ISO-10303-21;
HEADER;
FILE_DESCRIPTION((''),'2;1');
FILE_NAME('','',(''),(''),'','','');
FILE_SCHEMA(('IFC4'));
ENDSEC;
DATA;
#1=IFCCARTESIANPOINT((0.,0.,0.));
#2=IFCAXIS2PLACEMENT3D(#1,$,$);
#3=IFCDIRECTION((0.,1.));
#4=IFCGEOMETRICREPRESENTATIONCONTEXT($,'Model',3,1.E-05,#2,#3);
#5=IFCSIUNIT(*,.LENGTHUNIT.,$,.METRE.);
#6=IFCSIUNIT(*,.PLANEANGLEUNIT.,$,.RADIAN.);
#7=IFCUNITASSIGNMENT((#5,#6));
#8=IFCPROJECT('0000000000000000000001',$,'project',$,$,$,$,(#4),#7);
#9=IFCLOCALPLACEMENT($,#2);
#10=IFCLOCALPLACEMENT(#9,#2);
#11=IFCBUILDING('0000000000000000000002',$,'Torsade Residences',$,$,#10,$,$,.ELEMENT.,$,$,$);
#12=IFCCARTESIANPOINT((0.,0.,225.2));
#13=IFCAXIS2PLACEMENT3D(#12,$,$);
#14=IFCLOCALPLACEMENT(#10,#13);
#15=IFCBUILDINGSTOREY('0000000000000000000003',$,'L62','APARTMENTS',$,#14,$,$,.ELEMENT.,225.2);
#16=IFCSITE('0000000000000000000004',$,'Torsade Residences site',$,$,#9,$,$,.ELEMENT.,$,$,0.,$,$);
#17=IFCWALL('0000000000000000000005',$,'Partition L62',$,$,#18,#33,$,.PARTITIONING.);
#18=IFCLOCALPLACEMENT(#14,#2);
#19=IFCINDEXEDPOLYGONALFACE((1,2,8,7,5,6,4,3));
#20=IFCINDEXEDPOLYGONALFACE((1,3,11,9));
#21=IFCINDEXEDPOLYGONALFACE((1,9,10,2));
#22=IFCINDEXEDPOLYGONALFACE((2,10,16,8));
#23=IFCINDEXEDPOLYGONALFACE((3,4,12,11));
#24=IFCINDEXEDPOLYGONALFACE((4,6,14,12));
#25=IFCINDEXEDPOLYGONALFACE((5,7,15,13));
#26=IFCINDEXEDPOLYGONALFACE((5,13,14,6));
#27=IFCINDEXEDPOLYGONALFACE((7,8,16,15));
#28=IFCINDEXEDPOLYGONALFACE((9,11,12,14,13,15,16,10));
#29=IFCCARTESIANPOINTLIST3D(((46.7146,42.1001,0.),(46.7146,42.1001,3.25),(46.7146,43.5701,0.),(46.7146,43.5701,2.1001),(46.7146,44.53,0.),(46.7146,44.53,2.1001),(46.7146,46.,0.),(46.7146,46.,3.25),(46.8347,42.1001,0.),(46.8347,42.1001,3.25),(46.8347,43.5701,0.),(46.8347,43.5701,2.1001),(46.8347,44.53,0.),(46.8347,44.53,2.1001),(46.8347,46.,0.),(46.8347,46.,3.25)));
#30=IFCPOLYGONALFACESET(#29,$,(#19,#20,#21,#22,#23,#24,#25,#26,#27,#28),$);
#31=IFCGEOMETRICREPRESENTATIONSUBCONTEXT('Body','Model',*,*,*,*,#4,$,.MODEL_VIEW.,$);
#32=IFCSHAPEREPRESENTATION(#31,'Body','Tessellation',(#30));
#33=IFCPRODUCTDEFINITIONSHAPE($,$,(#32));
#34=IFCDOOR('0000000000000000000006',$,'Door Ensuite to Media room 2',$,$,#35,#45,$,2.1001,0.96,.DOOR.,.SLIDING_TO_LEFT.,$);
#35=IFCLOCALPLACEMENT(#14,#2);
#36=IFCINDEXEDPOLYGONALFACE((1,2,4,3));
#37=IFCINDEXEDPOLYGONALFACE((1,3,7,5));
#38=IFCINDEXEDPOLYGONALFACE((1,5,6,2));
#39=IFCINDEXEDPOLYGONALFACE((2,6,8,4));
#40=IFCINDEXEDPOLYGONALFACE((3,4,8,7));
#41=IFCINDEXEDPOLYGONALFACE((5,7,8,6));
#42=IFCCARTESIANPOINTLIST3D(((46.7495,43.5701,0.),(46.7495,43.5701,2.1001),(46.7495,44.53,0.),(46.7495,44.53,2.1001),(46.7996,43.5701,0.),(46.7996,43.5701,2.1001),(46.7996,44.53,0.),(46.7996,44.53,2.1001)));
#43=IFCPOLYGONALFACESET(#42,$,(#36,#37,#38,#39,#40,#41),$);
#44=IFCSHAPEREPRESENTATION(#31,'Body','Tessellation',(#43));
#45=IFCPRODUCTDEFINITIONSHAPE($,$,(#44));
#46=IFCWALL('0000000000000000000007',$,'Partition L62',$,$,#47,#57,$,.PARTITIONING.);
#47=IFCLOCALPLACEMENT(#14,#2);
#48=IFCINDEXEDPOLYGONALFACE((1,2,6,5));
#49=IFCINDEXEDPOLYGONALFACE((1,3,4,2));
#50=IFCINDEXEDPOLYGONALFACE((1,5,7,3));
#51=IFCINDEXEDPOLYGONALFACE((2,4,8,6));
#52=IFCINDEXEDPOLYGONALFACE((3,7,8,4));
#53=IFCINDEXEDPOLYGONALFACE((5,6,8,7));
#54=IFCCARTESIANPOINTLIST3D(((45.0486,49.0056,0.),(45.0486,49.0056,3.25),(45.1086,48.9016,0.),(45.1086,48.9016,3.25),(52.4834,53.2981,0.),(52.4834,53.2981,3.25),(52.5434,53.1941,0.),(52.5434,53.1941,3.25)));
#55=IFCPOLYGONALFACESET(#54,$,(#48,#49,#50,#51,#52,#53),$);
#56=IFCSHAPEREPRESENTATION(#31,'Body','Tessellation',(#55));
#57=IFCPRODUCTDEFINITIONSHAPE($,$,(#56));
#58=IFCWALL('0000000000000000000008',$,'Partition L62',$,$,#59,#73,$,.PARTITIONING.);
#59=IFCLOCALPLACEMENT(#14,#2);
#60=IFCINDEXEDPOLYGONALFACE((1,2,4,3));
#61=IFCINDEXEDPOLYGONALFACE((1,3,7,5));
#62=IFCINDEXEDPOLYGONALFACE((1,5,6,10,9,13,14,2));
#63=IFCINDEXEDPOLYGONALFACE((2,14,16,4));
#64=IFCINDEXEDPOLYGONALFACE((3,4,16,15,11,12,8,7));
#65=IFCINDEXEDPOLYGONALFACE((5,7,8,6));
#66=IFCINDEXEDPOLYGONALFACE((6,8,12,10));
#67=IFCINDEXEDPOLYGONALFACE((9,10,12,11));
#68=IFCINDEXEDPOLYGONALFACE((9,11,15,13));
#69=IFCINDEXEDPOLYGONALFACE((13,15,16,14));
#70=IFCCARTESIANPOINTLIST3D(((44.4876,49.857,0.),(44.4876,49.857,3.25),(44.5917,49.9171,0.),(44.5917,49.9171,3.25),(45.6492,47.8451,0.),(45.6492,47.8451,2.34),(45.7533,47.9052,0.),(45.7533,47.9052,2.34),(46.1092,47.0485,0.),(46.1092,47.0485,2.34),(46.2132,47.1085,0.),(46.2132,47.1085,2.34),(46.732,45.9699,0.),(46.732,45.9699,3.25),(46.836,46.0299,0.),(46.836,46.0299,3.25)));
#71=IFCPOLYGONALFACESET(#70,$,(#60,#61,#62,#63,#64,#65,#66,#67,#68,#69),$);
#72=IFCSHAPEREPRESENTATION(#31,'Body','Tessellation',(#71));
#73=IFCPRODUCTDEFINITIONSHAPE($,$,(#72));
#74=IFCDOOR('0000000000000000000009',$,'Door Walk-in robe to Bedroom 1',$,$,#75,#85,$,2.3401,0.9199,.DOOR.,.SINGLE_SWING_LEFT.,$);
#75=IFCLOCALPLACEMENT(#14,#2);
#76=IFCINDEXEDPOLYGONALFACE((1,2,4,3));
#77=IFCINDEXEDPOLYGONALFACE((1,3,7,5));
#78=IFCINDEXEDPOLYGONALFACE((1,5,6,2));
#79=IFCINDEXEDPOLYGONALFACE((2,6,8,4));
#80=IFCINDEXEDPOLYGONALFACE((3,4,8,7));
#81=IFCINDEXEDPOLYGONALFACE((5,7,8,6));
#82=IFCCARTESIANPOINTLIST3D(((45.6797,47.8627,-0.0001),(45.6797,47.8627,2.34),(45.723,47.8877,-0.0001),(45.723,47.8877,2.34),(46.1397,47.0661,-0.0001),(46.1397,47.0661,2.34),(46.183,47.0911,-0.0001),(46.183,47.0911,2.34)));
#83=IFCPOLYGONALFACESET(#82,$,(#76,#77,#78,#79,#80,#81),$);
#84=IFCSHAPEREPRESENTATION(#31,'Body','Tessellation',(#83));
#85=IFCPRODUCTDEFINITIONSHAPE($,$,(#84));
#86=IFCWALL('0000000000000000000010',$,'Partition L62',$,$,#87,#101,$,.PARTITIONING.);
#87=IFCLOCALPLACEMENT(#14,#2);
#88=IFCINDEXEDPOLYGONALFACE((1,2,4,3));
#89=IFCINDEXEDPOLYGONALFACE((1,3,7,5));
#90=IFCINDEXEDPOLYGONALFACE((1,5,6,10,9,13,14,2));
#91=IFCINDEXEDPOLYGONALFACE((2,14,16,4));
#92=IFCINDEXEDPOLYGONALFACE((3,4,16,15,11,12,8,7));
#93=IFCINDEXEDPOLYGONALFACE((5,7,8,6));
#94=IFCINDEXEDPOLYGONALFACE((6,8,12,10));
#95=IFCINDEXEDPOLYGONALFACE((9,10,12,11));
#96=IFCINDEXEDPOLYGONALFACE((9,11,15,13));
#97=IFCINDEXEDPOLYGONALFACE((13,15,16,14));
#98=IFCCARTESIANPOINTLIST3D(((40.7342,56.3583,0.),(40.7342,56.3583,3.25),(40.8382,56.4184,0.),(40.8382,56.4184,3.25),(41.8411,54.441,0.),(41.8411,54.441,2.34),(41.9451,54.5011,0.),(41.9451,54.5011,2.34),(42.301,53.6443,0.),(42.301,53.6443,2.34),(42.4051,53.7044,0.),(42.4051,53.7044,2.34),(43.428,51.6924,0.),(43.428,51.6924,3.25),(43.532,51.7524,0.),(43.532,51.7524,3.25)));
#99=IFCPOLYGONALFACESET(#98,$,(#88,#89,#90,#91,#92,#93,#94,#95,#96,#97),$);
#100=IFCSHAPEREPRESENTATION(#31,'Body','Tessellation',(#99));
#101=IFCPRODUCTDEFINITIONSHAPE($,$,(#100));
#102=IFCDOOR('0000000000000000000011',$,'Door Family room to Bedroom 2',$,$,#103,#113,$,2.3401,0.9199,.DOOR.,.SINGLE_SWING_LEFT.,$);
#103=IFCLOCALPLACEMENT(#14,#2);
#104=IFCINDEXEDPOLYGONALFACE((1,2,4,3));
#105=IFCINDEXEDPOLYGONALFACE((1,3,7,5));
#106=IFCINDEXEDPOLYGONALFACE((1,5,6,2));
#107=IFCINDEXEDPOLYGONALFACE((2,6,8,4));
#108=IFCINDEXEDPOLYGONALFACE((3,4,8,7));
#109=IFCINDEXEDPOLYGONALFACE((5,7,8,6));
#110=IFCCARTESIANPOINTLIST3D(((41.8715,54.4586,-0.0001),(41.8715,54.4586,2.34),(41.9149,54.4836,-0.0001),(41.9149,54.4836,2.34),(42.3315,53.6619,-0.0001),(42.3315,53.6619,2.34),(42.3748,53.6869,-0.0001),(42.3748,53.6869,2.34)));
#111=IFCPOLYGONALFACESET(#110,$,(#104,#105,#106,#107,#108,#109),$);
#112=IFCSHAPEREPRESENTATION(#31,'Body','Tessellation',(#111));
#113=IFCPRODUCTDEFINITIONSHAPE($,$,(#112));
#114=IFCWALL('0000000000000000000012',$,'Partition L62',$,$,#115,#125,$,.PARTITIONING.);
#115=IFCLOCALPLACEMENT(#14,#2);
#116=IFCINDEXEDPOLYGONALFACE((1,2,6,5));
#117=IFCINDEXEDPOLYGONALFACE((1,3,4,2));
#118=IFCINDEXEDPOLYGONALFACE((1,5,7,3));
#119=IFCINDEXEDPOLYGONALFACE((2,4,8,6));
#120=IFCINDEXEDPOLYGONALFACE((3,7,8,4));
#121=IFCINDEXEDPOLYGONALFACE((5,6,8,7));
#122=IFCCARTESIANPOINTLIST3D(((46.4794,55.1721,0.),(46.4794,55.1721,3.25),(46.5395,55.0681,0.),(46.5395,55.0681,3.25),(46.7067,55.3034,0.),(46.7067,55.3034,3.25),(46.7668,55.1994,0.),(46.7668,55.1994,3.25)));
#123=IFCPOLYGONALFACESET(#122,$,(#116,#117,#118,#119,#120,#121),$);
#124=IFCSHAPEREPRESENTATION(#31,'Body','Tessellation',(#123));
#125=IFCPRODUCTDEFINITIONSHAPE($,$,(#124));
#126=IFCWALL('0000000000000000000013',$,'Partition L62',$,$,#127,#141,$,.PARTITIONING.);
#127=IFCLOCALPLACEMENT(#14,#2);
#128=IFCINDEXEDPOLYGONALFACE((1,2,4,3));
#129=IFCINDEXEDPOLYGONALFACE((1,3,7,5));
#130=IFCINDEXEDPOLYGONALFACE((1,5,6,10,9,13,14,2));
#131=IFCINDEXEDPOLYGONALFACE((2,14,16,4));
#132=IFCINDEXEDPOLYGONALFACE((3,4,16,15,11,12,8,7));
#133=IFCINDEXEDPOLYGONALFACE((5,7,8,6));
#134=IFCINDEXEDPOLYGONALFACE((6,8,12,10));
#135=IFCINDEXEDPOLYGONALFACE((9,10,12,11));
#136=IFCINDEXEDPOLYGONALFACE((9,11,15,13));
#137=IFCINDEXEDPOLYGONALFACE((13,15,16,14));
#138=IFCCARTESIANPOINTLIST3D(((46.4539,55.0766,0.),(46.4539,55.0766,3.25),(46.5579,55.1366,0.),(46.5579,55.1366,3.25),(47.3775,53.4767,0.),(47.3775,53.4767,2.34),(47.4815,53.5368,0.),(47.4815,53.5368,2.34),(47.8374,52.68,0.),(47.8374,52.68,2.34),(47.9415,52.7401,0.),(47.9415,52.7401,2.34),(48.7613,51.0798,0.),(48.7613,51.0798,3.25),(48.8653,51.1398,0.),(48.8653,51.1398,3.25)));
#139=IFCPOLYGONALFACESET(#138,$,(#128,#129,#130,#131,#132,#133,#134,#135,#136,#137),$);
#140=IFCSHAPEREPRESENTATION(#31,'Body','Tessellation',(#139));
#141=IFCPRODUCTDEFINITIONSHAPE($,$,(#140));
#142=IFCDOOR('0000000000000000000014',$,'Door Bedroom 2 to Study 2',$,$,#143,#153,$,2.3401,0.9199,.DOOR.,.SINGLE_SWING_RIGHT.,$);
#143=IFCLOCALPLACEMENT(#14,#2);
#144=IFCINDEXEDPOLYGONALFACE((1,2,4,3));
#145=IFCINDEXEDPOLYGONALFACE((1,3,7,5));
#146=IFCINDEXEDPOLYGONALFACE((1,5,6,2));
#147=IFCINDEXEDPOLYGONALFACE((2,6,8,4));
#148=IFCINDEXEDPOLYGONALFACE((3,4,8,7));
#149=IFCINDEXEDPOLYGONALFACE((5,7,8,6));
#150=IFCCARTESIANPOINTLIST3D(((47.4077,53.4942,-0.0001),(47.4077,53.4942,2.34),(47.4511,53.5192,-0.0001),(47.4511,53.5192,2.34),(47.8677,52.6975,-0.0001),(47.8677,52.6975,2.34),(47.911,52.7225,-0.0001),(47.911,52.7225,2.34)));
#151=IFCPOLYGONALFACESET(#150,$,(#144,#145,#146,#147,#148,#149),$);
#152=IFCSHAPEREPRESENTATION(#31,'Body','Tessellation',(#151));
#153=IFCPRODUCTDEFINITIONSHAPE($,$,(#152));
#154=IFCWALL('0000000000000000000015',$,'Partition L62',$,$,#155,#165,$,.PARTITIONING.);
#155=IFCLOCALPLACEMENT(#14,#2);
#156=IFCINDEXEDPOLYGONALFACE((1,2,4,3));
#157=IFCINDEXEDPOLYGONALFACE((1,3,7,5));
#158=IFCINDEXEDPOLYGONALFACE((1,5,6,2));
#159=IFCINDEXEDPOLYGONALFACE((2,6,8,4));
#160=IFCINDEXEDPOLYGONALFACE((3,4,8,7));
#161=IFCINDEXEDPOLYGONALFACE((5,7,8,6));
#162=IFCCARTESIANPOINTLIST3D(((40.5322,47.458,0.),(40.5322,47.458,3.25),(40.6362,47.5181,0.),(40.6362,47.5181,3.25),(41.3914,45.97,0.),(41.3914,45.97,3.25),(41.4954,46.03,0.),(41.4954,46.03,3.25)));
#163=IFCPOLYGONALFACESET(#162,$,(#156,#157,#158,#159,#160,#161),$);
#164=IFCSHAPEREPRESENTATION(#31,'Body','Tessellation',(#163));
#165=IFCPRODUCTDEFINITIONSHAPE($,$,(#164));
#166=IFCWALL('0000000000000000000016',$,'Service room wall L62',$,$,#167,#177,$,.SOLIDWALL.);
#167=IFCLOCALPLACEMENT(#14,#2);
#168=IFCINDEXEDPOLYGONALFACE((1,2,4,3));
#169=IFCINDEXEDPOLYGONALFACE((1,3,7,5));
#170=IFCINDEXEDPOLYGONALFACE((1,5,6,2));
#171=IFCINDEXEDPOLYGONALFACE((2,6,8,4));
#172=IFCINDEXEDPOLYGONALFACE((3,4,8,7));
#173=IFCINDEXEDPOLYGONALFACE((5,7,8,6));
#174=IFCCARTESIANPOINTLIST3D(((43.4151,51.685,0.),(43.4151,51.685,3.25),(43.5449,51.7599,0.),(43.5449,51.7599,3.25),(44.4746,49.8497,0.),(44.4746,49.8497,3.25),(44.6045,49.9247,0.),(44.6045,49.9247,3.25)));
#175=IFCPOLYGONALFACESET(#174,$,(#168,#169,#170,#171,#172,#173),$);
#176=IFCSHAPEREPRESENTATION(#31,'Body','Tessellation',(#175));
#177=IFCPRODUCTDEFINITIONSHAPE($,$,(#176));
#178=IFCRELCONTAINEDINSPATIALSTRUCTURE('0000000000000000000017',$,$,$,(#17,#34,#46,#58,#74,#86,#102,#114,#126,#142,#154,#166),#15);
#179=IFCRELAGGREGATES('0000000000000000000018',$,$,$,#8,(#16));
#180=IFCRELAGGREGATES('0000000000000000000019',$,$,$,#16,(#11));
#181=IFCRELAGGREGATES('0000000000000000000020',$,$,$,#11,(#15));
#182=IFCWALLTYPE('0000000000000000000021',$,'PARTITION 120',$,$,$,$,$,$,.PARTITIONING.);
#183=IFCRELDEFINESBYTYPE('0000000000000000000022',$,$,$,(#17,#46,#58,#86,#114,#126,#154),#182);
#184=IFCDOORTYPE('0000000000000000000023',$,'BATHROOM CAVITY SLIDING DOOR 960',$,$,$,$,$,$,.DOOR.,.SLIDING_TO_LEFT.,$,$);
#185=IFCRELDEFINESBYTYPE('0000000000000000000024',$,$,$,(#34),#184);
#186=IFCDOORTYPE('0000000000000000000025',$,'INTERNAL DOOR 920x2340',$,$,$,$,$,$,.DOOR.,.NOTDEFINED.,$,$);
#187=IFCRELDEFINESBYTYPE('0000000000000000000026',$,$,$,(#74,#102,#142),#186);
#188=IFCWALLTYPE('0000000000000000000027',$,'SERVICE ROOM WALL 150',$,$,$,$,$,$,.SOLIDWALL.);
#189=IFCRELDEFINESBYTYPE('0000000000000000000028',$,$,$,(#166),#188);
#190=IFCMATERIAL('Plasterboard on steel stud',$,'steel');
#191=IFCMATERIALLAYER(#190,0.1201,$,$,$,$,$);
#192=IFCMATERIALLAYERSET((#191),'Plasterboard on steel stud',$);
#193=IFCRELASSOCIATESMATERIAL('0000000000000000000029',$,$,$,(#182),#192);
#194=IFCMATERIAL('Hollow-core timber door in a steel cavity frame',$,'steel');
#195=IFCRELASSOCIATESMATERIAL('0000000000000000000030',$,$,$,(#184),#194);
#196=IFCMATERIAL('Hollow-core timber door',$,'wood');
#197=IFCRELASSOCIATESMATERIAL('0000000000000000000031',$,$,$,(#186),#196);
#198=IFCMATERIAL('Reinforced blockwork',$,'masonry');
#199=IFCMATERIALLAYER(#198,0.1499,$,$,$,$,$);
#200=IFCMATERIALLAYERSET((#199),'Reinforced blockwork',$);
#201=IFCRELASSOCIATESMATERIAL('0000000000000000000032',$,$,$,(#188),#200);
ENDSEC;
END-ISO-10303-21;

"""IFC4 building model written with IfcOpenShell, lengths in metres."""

from ifc_helpers import new_model, si_unit, direction, frame, frame_2d, origin, place, context, subcontext, project, spatial, rectangle, extrude, material, layer, layer_set, type_object, element, fill, save


model = new_model("IFC4")

# Units and contexts
model_context = context("Model", 3, precision=1e-05, world=origin(), true_north=direction((0.0, 1.0)))
body_context = subcontext(model_context, "Body", "Model", "MODEL_VIEW")
ifc_project = project(units=[si_unit("LENGTHUNIT", "METRE"), si_unit("PLANEANGLEUNIT", "RADIAN")], contexts=[model_context])

# Site, building, storey
site_placement = place(None, origin())
site = spatial("IfcSite", under=ifc_project, at=site_placement, Name="Torsade Residences site", CompositionType="ELEMENT", RefElevation=0.0)
building_placement = place(site_placement, origin())
building = spatial("IfcBuilding", under=site, at=building_placement, Name="Torsade Residences", CompositionType="ELEMENT")
storey_placement = place(building_placement, frame((0.0, 0.0, 225.2)))
storey = spatial("IfcBuildingStorey", under=building, at=storey_placement, Name="L62", Description="APARTMENTS", CompositionType="ELEMENT", Elevation=225.2)

# Wall, opening, door
ifc_material_1 = material(Name="Plasterboard on steel stud", Category="steel")
ifc_layer_1 = layer(ifc_material_1, 0.1201)
ifc_layer_set_1 = layer_set([ifc_layer_1], Name="Plasterboard on steel stud")
wall_type_1 = type_object("IfcWallType", Name="PARTITION 120", PredefinedType="PARTITIONING", material=ifc_layer_set_1)
wall_1_placement = place(storey_placement, frame((46.7747, 46.0, 0.0), z_axis=(0.0, 0.0, 1.0), x_axis=(0.0, -1.0, 0.0)))
wall_1 = element("IfcWall", 1, at=wall_1_placement, inside=storey, type_object=wall_type_1, Name="Partition L62", PredefinedType="PARTITIONING", context=body_context, shape_type="SweptSolid", body=[
    extrude(rectangle(XDim=3.8999, YDim=0.1201, at=frame_2d((1.95, 0.0))), origin(), (0.0, 0.0, 1.0), 3.25),
])
opening_1_placement = place(wall_1_placement, frame((1.47, 0.0, 0.0)))
opening_1 = element("IfcOpeningElement", 2, at=opening_1_placement, cuts=wall_1, PredefinedType="OPENING", context=body_context, shape_type="SweptSolid", body=[
    extrude(rectangle(XDim=0.96, YDim=2.1001, at=frame_2d((0.48, 1.05))), frame((0.0, 0.0701, 0.0), z_axis=(0.0, -1.0, 0.0), x_axis=(1.0, 0.0, 0.0)), (0.0, 0.0, 1.0), 0.1401),
])
ifc_material_2 = material(Name="Hollow-core timber door in a steel cavity frame", Category="steel")
door_type_1 = type_object("IfcDoorType", Name="BATHROOM CAVITY SLIDING DOOR 960", OperationType="SLIDING_TO_LEFT", PredefinedType="DOOR", material=ifc_material_2)
door_1_placement = place(opening_1_placement, origin())
door_1 = element("IfcDoor", 3, at=door_1_placement, inside=storey, type_object=door_type_1, Name="Door Ensuite to Media room 2", OperationType="SLIDING_TO_LEFT", OverallHeight=2.1001, OverallWidth=0.96, PredefinedType="DOOR", context=body_context, shape_type="SweptSolid", body=[
    extrude(rectangle(XDim=0.96, YDim=2.1001, at=frame_2d((0.48, 1.05))), frame((0.0, 0.0249, 0.0), z_axis=(0.0, -1.0, 0.0), x_axis=(1.0, 0.0, 0.0)), (0.0, 0.0, 1.0), 0.05),
])
fill(opening_1, door_1)

# Wall
wall_2_placement = place(storey_placement, frame((45.0786, 48.9536, 0.0), z_axis=(0.0, 0.0, 1.0), x_axis=(0.866026, 0.499999, 0.0)))
element("IfcWall", 4, at=wall_2_placement, inside=storey, type_object=wall_type_1, Name="Partition L62", PredefinedType="PARTITIONING", context=body_context, shape_type="SweptSolid", body=[
    extrude(rectangle(XDim=8.585, YDim=0.1201, at=frame_2d((4.2925, 0.0))), origin(), (0.0, 0.0, 1.0), 3.25),
])

# Walls, openings, doors
wall_3_placement = place(storey_placement, frame((46.7839, 46.0, 0.0), z_axis=(0.0, 0.0, 1.0), x_axis=(-0.500018, 0.866015, 0.0)))
wall_3 = element("IfcWall", 5, at=wall_3_placement, inside=storey, type_object=wall_type_1, Name="Partition L62", PredefinedType="PARTITIONING", context=body_context, shape_type="SweptSolid", body=[
    extrude(rectangle(XDim=4.4885, YDim=0.1201, at=frame_2d((2.2441, 0.0))), origin(), (0.0, 0.0, 1.0), 3.25),
])
opening_2_placement = place(wall_3_placement, frame((1.2454, 0.0, 0.0)))
opening_2 = element("IfcOpeningElement", 6, at=opening_2_placement, cuts=wall_3, PredefinedType="OPENING", context=body_context, shape_type="SweptSolid", body=[
    extrude(rectangle(XDim=0.9199, YDim=2.3401, at=frame_2d((0.46, 1.1699))), frame((0.0, 0.0701, 0.0), z_axis=(0.0, -1.0, 0.0), x_axis=(1.0, 0.0, 0.0)), (0.0, 0.0, 1.0), 0.1401),
])
ifc_material_3 = material(Name="Hollow-core timber door", Category="wood")
door_type_2 = type_object("IfcDoorType", Name="INTERNAL DOOR 920x2340", OperationType="NOTDEFINED", PredefinedType="DOOR", material=ifc_material_3)
door_2_placement = place(opening_2_placement, origin())
door_2 = element("IfcDoor", 7, at=door_2_placement, inside=storey, type_object=door_type_2, Name="Door Walk-in robe to Bedroom 1", OperationType="SINGLE_SWING_LEFT", OverallHeight=2.3401, OverallWidth=0.9199, PredefinedType="DOOR", context=body_context, shape_type="SweptSolid", body=[
    extrude(rectangle(XDim=0.9199, YDim=2.3401, at=frame_2d((0.46, 1.1699))), frame((0.0, 0.0249, 0.0), z_axis=(0.0, -1.0, 0.0), x_axis=(1.0, 0.0, 0.0)), (0.0, 0.0, 1.0), 0.05),
])
fill(opening_2, door_2)
wall_4_placement = place(storey_placement, frame((43.48, 51.7224, 0.0), z_axis=(0.0, 0.0, 1.0), x_axis=(-0.499989, 0.866032, 0.0)))
wall_4 = element("IfcWall", 8, at=wall_4_placement, inside=storey, type_object=wall_type_1, Name="Partition L62", PredefinedType="PARTITIONING", context=body_context, shape_type="SweptSolid", body=[
    extrude(rectangle(XDim=5.3877, YDim=0.1201, at=frame_2d((2.6938, 0.0))), origin(), (0.0, 0.0, 1.0), 3.25),
])
opening_3_placement = place(wall_4_placement, frame((2.2539, 0.0, 0.0)))
opening_3 = element("IfcOpeningElement", 9, at=opening_3_placement, cuts=wall_4, PredefinedType="OPENING", context=body_context, shape_type="SweptSolid", body=[
    extrude(rectangle(XDim=0.9199, YDim=2.3401, at=frame_2d((0.46, 1.1699))), frame((0.0, 0.0701, 0.0), z_axis=(0.0, -1.0, 0.0), x_axis=(1.0, 0.0, 0.0)), (0.0, 0.0, 1.0), 0.1401),
])
door_3_placement = place(opening_3_placement, origin())
door_3 = element("IfcDoor", 10, at=door_3_placement, inside=storey, type_object=door_type_2, Name="Door Family room to Bedroom 2", OperationType="SINGLE_SWING_LEFT", OverallHeight=2.3401, OverallWidth=0.9199, PredefinedType="DOOR", context=body_context, shape_type="SweptSolid", body=[
    extrude(rectangle(XDim=0.9199, YDim=2.3401, at=frame_2d((0.46, 1.1699))), frame((0.0, 0.0249, 0.0), z_axis=(0.0, -1.0, 0.0), x_axis=(1.0, 0.0, 0.0)), (0.0, 0.0, 1.0), 0.05),
])
fill(opening_3, door_3)

# Wall
wall_5_placement = place(storey_placement, frame((46.7368, 55.2515, 0.0), z_axis=(0.0, 0.0, 1.0), x_axis=(-0.865829, -0.50034, 0.0)))
element("IfcWall", 11, at=wall_5_placement, inside=storey, type_object=wall_type_1, Name="Partition L62", PredefinedType="PARTITIONING", context=body_context, shape_type="SweptSolid", body=[
    extrude(rectangle(XDim=0.2625, YDim=0.1201, at=frame_2d((0.1313, 0.0))), origin(), (0.0, 0.0, 1.0), 3.25),
])

# Wall, opening, door
wall_6_placement = place(storey_placement, frame((46.5059, 55.1067, 0.0), z_axis=(0.0, 0.0, 1.0), x_axis=(0.499968, -0.866044, 0.0)))
wall_6 = element("IfcWall", 12, at=wall_6_placement, inside=storey, type_object=wall_type_1, Name="Partition L62", PredefinedType="PARTITIONING", context=body_context, shape_type="SweptSolid", body=[
    extrude(rectangle(XDim=4.615, YDim=0.1201, at=frame_2d((2.3076, 0.0))), origin(), (0.0, 0.0, 1.0), 3.25),
])
opening_4_placement = place(wall_6_placement, frame((1.8474, 0.0, 0.0)))
opening_4 = element("IfcOpeningElement", 13, at=opening_4_placement, cuts=wall_6, PredefinedType="OPENING", context=body_context, shape_type="SweptSolid", body=[
    extrude(rectangle(XDim=0.9199, YDim=2.3401, at=frame_2d((0.46, 1.1699))), frame((0.0, 0.0701, 0.0), z_axis=(0.0, -1.0, 0.0), x_axis=(1.0, 0.0, 0.0)), (0.0, 0.0, 1.0), 0.1401),
])
door_4_placement = place(opening_4_placement, origin())
door_4 = element("IfcDoor", 14, at=door_4_placement, inside=storey, type_object=door_type_2, Name="Door Bedroom 2 to Study 2", OperationType="SINGLE_SWING_RIGHT", OverallHeight=2.3401, OverallWidth=0.9199, PredefinedType="DOOR", context=body_context, shape_type="SweptSolid", body=[
    extrude(rectangle(XDim=0.9199, YDim=2.3401, at=frame_2d((0.46, 1.1699))), frame((0.0, 0.0249, 0.0), z_axis=(0.0, -1.0, 0.0), x_axis=(1.0, 0.0, 0.0)), (0.0, 0.0, 1.0), 0.05),
])
fill(opening_4, door_4)

# Walls
wall_7_placement = place(storey_placement, frame((40.5842, 47.488, 0.0), z_axis=(0.0, 0.0, 1.0), x_axis=(0.500005, -0.866022, 0.0)))
element("IfcWall", 15, at=wall_7_placement, inside=storey, type_object=wall_type_1, Name="Partition L62", PredefinedType="PARTITIONING", context=body_context, shape_type="SweptSolid", body=[
    extrude(rectangle(XDim=1.7183, YDim=0.1201, at=frame_2d((0.8591, 0.0))), origin(), (0.0, 0.0, 1.0), 3.25),
])
ifc_material_4 = material(Name="Reinforced blockwork", Category="masonry")
ifc_layer_2 = layer(ifc_material_4, 0.1499)
ifc_layer_set_2 = layer_set([ifc_layer_2], Name="Reinforced blockwork")
wall_type_2 = type_object("IfcWallType", Name="SERVICE ROOM WALL 150", PredefinedType="SOLIDWALL", material=ifc_layer_set_2)
wall_8_placement = place(storey_placement, frame((44.5396, 49.8872, 0.0), z_axis=(0.0, 0.0, 1.0), x_axis=(-0.500005, 0.866023, 0.0)))
element("IfcWall", 16, at=wall_8_placement, inside=storey, type_object=wall_type_2, Name="Service room wall L62", PredefinedType="SOLIDWALL", context=body_context, shape_type="SweptSolid", body=[
    extrude(rectangle(XDim=2.1191, YDim=0.1499, at=frame_2d((1.0596, 0.0))), origin(), (0.0, 0.0, 1.0), 3.25),
])

save(model, "model.ifc")
